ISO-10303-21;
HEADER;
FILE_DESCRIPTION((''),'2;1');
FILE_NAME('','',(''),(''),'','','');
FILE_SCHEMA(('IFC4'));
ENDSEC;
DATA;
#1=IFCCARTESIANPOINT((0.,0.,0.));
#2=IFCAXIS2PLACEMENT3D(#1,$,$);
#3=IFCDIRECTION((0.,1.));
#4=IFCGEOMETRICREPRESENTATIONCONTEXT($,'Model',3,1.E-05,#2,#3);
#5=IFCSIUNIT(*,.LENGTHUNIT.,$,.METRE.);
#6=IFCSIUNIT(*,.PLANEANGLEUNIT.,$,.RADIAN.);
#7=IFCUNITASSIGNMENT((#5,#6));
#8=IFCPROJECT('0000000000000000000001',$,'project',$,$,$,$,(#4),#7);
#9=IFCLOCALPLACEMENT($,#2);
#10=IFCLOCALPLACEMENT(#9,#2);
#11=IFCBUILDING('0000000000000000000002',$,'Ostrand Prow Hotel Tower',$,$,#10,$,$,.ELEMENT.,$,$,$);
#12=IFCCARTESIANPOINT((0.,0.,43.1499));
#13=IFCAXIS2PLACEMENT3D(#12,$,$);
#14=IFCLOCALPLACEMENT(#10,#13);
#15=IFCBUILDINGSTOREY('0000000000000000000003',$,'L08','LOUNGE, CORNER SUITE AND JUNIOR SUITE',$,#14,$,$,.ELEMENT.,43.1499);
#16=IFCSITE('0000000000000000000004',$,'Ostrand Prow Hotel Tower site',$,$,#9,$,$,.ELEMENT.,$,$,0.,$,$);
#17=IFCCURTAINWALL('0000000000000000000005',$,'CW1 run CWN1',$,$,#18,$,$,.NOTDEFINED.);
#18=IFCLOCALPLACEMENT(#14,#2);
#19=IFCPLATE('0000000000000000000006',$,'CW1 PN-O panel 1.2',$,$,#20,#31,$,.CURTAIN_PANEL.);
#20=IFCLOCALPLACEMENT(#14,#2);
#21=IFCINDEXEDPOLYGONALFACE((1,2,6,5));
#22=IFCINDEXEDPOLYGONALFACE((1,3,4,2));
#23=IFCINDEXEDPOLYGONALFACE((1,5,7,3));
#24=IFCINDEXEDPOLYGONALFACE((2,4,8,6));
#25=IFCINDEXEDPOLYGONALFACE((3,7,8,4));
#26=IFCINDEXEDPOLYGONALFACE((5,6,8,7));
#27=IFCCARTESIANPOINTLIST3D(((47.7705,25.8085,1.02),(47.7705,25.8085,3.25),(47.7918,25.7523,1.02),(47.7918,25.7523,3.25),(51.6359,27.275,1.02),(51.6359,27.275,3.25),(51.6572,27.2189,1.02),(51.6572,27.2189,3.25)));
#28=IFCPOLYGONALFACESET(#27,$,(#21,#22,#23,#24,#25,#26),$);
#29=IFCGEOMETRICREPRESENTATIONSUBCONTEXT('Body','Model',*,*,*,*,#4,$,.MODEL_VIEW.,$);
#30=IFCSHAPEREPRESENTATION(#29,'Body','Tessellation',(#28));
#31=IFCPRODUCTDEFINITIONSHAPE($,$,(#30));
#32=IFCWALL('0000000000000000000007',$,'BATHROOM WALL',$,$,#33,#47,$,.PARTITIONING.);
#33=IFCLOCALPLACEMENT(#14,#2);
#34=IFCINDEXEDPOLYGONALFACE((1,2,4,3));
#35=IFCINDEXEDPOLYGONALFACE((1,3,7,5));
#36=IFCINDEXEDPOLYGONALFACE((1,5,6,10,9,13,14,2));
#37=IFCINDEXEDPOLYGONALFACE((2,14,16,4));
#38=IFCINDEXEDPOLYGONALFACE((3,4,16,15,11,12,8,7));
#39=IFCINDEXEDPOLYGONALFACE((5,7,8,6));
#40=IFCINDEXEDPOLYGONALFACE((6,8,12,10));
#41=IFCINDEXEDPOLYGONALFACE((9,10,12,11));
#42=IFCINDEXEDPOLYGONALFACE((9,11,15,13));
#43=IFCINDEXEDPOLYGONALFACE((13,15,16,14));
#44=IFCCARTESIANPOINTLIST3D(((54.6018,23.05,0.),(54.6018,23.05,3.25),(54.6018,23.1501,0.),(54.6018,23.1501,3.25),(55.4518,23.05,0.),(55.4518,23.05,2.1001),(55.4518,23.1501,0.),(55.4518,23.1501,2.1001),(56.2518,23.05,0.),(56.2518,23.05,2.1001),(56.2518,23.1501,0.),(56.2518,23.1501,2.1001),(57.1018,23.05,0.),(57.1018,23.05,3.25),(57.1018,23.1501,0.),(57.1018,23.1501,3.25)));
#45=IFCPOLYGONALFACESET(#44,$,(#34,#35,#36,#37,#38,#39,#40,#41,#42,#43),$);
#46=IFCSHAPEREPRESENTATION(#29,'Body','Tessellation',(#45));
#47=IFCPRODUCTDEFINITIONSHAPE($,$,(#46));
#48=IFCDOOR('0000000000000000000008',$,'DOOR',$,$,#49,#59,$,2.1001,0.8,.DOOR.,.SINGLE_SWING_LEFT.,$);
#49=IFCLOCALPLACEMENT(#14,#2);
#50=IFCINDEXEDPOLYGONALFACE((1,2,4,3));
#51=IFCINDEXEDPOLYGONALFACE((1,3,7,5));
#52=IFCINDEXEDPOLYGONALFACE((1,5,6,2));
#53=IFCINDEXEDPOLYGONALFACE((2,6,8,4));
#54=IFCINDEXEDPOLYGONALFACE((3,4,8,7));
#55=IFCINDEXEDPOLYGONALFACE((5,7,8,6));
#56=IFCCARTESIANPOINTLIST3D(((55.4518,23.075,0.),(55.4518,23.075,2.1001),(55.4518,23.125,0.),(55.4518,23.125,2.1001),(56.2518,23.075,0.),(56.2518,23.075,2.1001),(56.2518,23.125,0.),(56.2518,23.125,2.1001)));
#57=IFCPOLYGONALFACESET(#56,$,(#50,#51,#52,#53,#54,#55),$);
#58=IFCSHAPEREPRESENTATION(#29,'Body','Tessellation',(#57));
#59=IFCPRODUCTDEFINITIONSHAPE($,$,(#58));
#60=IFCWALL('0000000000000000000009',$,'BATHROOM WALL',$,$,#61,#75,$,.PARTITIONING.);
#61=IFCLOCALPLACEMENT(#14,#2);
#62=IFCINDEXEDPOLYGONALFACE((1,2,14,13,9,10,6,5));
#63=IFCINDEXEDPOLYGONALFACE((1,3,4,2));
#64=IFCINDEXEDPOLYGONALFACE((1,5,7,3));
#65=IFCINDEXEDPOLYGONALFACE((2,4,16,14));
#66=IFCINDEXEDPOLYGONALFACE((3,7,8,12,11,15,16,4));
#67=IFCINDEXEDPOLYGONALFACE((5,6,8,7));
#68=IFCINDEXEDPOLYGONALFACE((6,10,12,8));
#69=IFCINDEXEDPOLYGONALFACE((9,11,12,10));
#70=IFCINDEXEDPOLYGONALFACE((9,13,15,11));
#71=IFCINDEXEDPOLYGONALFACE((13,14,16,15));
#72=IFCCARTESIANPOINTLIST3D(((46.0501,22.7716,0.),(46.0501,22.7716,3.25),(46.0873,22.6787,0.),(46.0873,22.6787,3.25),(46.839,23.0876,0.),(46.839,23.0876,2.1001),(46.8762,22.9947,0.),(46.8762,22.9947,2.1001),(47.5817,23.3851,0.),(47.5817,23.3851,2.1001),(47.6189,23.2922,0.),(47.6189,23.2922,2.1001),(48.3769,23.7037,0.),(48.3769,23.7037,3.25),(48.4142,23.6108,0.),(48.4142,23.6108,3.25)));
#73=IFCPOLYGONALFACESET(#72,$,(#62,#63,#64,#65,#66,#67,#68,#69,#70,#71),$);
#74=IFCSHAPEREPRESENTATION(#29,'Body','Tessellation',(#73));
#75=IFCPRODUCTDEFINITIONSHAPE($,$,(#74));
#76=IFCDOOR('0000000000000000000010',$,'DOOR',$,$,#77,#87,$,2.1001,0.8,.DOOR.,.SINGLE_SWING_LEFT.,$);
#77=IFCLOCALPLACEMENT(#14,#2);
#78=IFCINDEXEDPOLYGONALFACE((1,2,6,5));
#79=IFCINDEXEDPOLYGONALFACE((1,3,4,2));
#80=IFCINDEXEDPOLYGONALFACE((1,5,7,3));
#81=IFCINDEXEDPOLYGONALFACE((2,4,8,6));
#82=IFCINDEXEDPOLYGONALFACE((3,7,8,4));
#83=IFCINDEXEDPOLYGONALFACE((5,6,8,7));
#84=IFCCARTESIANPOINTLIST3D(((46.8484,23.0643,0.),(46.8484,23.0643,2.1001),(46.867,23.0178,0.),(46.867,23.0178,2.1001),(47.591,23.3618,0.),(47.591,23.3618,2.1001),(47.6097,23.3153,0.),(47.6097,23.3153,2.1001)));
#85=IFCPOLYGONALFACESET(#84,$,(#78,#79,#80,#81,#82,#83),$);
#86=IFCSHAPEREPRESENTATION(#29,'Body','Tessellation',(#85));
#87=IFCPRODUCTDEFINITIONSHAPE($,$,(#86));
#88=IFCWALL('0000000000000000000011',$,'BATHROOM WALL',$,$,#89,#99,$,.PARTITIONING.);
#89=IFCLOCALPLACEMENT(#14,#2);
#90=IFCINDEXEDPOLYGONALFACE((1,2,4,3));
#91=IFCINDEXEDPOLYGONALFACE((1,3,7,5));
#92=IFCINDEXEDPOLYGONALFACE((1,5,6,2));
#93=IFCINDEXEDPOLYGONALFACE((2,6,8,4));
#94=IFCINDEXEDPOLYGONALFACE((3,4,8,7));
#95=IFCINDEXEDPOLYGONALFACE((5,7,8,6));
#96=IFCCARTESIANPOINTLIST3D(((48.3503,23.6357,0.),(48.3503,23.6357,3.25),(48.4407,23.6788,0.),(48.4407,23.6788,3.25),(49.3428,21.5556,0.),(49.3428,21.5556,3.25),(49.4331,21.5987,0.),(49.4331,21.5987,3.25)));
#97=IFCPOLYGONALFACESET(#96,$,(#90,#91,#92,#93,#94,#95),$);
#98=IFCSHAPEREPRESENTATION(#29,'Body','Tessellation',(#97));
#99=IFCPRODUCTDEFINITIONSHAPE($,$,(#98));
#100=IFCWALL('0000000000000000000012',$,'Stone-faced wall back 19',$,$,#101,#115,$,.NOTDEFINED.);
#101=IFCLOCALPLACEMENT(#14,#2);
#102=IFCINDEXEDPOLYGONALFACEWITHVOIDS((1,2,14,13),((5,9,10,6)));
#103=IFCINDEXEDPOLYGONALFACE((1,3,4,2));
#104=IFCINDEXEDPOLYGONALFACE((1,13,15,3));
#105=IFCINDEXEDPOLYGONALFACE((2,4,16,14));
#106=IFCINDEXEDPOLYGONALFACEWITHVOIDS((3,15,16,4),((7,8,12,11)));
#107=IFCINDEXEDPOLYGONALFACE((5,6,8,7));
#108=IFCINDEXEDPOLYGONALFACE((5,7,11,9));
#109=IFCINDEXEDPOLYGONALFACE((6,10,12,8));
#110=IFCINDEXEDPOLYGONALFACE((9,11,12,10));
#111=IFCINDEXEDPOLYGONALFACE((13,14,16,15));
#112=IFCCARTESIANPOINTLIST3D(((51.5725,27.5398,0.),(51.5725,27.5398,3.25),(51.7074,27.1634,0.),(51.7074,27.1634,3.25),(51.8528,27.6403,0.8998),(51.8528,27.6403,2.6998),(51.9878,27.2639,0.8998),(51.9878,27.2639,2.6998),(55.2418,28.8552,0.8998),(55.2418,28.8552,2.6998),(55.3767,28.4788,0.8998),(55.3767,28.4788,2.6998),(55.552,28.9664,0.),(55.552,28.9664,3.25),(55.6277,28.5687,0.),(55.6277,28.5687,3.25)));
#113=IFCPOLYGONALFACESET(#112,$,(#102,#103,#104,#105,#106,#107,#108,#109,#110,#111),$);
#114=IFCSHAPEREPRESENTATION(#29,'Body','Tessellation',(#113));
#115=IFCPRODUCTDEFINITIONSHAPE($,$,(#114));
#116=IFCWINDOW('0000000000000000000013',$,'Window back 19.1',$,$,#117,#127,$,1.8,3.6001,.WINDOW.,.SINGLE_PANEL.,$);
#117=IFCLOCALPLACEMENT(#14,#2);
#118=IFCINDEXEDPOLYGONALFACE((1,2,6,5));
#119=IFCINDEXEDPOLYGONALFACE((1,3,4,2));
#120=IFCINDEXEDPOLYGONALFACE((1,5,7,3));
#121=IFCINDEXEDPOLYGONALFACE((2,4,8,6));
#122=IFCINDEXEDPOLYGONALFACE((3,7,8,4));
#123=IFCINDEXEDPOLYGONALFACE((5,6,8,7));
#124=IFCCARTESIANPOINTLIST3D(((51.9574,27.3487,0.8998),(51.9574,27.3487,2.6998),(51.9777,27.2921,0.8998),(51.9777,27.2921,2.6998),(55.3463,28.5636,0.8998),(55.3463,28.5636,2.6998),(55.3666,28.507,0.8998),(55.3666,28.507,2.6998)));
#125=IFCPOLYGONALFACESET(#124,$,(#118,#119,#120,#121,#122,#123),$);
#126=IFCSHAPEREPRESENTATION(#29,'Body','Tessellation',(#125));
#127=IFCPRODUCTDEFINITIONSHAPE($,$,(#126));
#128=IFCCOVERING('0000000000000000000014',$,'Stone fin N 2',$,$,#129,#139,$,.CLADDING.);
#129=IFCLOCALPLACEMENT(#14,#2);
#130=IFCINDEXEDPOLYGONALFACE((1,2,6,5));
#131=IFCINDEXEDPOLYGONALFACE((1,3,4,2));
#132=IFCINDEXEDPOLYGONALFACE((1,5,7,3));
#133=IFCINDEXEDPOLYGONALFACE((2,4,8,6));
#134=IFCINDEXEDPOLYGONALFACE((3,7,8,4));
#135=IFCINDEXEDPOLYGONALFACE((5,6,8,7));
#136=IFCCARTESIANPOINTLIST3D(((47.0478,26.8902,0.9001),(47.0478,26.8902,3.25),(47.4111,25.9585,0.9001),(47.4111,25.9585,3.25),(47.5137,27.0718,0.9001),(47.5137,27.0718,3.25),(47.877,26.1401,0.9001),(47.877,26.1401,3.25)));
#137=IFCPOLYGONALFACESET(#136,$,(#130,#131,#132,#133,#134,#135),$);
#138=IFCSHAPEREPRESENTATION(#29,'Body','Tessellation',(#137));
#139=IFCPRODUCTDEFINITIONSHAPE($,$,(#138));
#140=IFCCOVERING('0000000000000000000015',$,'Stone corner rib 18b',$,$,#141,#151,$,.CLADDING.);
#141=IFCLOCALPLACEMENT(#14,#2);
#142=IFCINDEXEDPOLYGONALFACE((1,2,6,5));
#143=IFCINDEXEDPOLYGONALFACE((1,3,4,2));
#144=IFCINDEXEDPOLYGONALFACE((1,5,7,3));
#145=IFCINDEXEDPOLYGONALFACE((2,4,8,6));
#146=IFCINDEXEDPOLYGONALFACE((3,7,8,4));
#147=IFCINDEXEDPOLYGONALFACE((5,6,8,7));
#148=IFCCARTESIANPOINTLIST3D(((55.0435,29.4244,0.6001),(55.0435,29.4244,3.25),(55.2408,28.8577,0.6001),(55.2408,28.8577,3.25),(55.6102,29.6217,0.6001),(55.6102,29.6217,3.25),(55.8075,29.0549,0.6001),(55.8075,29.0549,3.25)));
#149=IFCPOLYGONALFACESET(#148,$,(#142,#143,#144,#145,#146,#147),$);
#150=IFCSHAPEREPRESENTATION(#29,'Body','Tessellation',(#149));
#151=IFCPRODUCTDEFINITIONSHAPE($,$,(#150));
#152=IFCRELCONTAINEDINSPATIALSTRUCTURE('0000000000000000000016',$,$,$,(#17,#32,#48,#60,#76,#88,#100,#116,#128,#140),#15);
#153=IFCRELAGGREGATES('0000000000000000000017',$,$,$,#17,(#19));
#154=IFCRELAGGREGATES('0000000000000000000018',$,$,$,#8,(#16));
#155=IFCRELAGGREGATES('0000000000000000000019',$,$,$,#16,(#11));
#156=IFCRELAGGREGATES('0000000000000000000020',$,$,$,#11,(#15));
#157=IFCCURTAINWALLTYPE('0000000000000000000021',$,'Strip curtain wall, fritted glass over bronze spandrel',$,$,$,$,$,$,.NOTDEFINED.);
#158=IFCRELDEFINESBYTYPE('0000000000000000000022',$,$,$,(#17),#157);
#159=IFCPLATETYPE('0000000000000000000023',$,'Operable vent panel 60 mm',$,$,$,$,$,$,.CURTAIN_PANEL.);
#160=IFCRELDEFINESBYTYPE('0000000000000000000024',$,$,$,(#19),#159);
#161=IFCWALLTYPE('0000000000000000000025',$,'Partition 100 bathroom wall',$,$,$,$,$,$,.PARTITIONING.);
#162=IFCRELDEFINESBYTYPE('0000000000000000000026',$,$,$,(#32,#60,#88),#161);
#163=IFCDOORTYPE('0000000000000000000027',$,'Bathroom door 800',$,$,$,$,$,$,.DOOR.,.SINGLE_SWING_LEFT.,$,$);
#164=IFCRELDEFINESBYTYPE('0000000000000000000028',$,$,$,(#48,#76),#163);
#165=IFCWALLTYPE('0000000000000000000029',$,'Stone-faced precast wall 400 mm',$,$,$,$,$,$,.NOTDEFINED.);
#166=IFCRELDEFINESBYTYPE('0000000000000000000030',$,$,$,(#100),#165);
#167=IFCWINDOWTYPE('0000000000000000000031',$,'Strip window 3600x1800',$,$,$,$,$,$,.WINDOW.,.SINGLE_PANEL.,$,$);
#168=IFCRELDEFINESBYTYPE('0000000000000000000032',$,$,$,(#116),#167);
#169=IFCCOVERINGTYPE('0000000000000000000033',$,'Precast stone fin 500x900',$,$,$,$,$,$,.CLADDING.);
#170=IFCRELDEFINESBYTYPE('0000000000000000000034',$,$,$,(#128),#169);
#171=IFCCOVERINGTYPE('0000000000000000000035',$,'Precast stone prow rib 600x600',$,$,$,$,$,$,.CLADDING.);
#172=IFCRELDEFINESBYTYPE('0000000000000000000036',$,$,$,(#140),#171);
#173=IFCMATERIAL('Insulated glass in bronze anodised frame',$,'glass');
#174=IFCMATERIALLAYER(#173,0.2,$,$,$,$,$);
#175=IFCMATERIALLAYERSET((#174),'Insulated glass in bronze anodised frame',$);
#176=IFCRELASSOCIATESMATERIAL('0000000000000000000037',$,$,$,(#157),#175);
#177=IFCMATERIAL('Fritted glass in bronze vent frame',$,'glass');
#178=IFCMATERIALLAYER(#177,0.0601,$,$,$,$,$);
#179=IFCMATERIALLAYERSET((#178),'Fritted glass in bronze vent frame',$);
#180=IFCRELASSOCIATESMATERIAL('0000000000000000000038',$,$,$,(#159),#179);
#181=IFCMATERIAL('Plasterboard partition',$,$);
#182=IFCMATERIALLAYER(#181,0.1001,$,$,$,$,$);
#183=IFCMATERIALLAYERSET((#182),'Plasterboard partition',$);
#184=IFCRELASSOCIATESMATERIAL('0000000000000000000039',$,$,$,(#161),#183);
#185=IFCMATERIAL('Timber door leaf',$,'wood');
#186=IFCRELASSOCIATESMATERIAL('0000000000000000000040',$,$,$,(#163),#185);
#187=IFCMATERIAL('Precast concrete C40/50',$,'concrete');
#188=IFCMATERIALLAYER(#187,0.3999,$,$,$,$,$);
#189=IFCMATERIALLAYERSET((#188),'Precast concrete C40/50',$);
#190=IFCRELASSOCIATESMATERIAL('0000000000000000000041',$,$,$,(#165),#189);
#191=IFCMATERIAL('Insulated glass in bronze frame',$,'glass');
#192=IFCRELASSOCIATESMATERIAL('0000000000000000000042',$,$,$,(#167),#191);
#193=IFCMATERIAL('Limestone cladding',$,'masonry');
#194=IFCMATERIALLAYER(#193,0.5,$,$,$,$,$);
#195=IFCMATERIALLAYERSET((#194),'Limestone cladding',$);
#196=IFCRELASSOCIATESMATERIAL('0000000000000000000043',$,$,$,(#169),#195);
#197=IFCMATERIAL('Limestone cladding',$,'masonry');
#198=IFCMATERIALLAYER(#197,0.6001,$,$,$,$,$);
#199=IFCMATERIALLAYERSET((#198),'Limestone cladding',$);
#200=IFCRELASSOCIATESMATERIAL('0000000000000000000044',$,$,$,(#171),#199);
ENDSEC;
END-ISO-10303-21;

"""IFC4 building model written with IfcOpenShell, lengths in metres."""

from ifc_helpers import new_model, si_unit, direction, frame, frame_2d, origin, origin_2d, place, context, subcontext, project, spatial, polyline, rectangle, outline, extrude, material, layer, layer_set, type_object, element, fill, aggregate, save


model = new_model("IFC4")

# Units and contexts
model_context = context("Model", 3, precision=1e-05, world=origin(), true_north=direction((0.0, 1.0)))
body_context = subcontext(model_context, "Body", "Model", "MODEL_VIEW")
ifc_project = project(units=[si_unit("LENGTHUNIT", "METRE"), si_unit("PLANEANGLEUNIT", "RADIAN")], contexts=[model_context])

# Site, building, storey
site_placement = place(None, origin())
site = spatial("IfcSite", under=ifc_project, at=site_placement, Name="Ostrand Prow Hotel Tower site", CompositionType="ELEMENT", RefElevation=0.0)
building_placement = place(site_placement, origin())
building = spatial("IfcBuilding", under=site, at=building_placement, Name="Ostrand Prow Hotel Tower", CompositionType="ELEMENT")
storey_placement = place(building_placement, frame((0.0, 0.0, 43.1499)))
storey = spatial("IfcBuildingStorey", under=building, at=storey_placement, Name="L08", Description="LOUNGE, CORNER SUITE AND JUNIOR SUITE", CompositionType="ELEMENT", Elevation=43.1499)

# Curtain wall
ifc_material_1 = material(Name="Insulated glass in bronze anodised frame", Category="glass")
ifc_layer_1 = layer(ifc_material_1, 0.2)
ifc_layer_set_1 = layer_set([ifc_layer_1], Name="Insulated glass in bronze anodised frame")
curtain_wall_type = type_object("IfcCurtainWallType", Name="Strip curtain wall, fritted glass over bronze spandrel", PredefinedType="NOTDEFINED", material=ifc_layer_set_1)
curtain_wall_1_placement = place(storey_placement, origin())
curtain_wall_1 = element("IfcCurtainWall", 1, at=curtain_wall_1_placement, inside=storey, type_object=curtain_wall_type, Name="CW1 run CWN1", PredefinedType="NOTDEFINED")

# Plate
ifc_material_2 = material(Name="Fritted glass in bronze vent frame", Category="glass")
ifc_layer_2 = layer(ifc_material_2, 0.0601)
ifc_layer_set_2 = layer_set([ifc_layer_2], Name="Fritted glass in bronze vent frame")
plate_type_1 = type_object("IfcPlateType", Name="Operable vent panel 60 mm", PredefinedType="CURTAIN_PANEL", material=ifc_layer_set_2)
plate_1_placement = place(storey_placement, frame((49.7139, 26.5137, 1.02), z_axis=(0.0, 0.0, 1.0), x_axis=(-0.934969, -0.354728, 0.0)))
plate_1 = element("IfcPlate", 2, at=plate_1_placement, type_object=plate_type_1, Name="CW1 PN-O panel 1.2", PredefinedType="CURTAIN_PANEL", context=body_context, shape_type="SweptSolid", body=[
    extrude(rectangle(XDim=4.1343, YDim=0.0601, at=origin_2d()), origin(), (0.0, 0.0, 1.0), 2.23),
])
aggregate(curtain_wall_1, [plate_1])

# Walls, openings, doors
ifc_material_3 = material(Name="Plasterboard partition")
ifc_layer_3 = layer(ifc_material_3, 0.1001)
ifc_layer_set_3 = layer_set([ifc_layer_3], Name="Plasterboard partition")
wall_type_1 = type_object("IfcWallType", Name="Partition 100 bathroom wall", PredefinedType="PARTITIONING", material=ifc_layer_set_3)
wall_1_placement = place(storey_placement, frame((54.6018, 23.1001, 0.0), z_axis=(0.0, 0.0, 1.0), x_axis=(1.0, 0.0, 0.0)))
wall_1 = element("IfcWall", 3, at=wall_1_placement, inside=storey, type_object=wall_type_1, Name="BATHROOM WALL", PredefinedType="PARTITIONING", context=body_context, shape_type="SweptSolid", body=[
    extrude(rectangle(XDim=2.5, YDim=0.1001, at=frame_2d((1.25, 0.0))), origin(), (0.0, 0.0, 1.0), 3.25),
])
opening_1_placement = place(wall_1_placement, frame((0.8501, 0.0, 0.0)))
opening_1 = element("IfcOpeningElement", 4, at=opening_1_placement, cuts=wall_1, PredefinedType="OPENING", context=body_context, shape_type="SweptSolid", body=[
    extrude(rectangle(XDim=0.8, YDim=2.1001, at=frame_2d((0.3999, 1.05))), frame((0.0, 0.0601, 0.0), z_axis=(0.0, -1.0, 0.0), x_axis=(1.0, 0.0, 0.0)), (0.0, 0.0, 1.0), 0.1201),
])
ifc_material_4 = material(Name="Timber door leaf", Category="wood")
door_type = type_object("IfcDoorType", Name="Bathroom door 800", OperationType="SINGLE_SWING_LEFT", PredefinedType="DOOR", material=ifc_material_4)
door_1_placement = place(opening_1_placement, origin())
door_1 = element("IfcDoor", 5, at=door_1_placement, inside=storey, type_object=door_type, Name="DOOR", OperationType="SINGLE_SWING_LEFT", OverallHeight=2.1001, OverallWidth=0.8, PredefinedType="DOOR", context=body_context, shape_type="SweptSolid", body=[
    extrude(rectangle(XDim=0.8, YDim=2.1001, at=frame_2d((0.3999, 1.05))), frame((0.0, 0.0249, 0.0), z_axis=(0.0, -1.0, 0.0), x_axis=(1.0, 0.0, 0.0)), (0.0, 0.0, 1.0), 0.05),
])
fill(opening_1, door_1)
wall_2_placement = place(storey_placement, frame((46.0686, 22.7251, 0.0), z_axis=(0.0, 0.0, 1.0), x_axis=(0.928288, 0.371861, 0.0)))
wall_2 = element("IfcWall", 6, at=wall_2_placement, inside=storey, type_object=wall_type_1, Name="BATHROOM WALL", PredefinedType="PARTITIONING", context=body_context, shape_type="SweptSolid", body=[
    extrude(rectangle(XDim=2.5066, YDim=0.1001, at=frame_2d((1.2534, 0.0))), origin(), (0.0, 0.0, 1.0), 3.25),
])
opening_2_placement = place(wall_2_placement, frame((0.8501, 0.0, 0.0)))
opening_2 = element("IfcOpeningElement", 7, at=opening_2_placement, cuts=wall_2, PredefinedType="OPENING", context=body_context, shape_type="SweptSolid", body=[
    extrude(rectangle(XDim=0.8, YDim=2.1001, at=frame_2d((0.3999, 1.05))), frame((0.0, 0.0601, 0.0), z_axis=(0.0, -1.0, 0.0), x_axis=(1.0, 0.0, 0.0)), (0.0, 0.0, 1.0), 0.1201),
])
door_2_placement = place(opening_2_placement, origin())
door_2 = element("IfcDoor", 8, at=door_2_placement, inside=storey, type_object=door_type, Name="DOOR", OperationType="SINGLE_SWING_LEFT", OverallHeight=2.1001, OverallWidth=0.8, PredefinedType="DOOR", context=body_context, shape_type="SweptSolid", body=[
    extrude(rectangle(XDim=0.8, YDim=2.1001, at=frame_2d((0.3999, 1.05))), frame((0.0, 0.0249, 0.0), z_axis=(0.0, -1.0, 0.0), x_axis=(1.0, 0.0, 0.0)), (0.0, 0.0, 1.0), 0.05),
])
fill(opening_2, door_2)

# Wall
wall_3_placement = place(storey_placement, frame((48.3955, 23.6572, 0.0), z_axis=(0.0, 0.0, 1.0), x_axis=(0.430612, -0.902537, 0.0)))
element("IfcWall", 9, at=wall_3_placement, inside=storey, type_object=wall_type_1, Name="BATHROOM WALL", PredefinedType="PARTITIONING", context=body_context, shape_type="SweptSolid", body=[
    extrude(rectangle(XDim=2.3047, YDim=0.1001, at=frame_2d((1.1523, 0.0))), origin(), (0.0, 0.0, 1.0), 3.25),
])

# Wall, opening, window
ifc_material_5 = material(Name="Precast concrete C40/50", Category="concrete")
ifc_layer_4 = layer(ifc_material_5, 0.3999)
ifc_layer_set_4 = layer_set([ifc_layer_4], Name="Precast concrete C40/50")
wall_type_2 = type_object("IfcWallType", Name="Stone-faced precast wall 400 mm", PredefinedType="NOTDEFINED", material=ifc_layer_set_4)
wall_4_placement = place(storey_placement, frame((55.5898, 28.7676, 0.0), z_axis=(0.0, 0.0, 1.0), x_axis=(-0.94134, -0.33746, 0.0)))
wall_4 = element("IfcWall", 10, at=wall_4_placement, inside=storey, type_object=wall_type_2, Name="Stone-faced wall back 19", PredefinedType="NOTDEFINED", context=body_context, shape_type="SweptSolid", body=[
    extrude(outline(polyline([(-0.0315, -0.2), (4.196, -0.2), (4.196, 0.2), (0.0315, 0.2), (-0.0315, -0.2)])), origin(), (0.0, 0.0, 1.0), 3.25),
])
opening_3_placement = place(wall_4_placement, frame((0.2981, 0.0, 0.8999)))
opening_3 = element("IfcOpeningElement", 11, at=opening_3_placement, cuts=wall_4, PredefinedType="OPENING", context=body_context, shape_type="SweptSolid", body=[
    extrude(rectangle(XDim=3.6001, YDim=1.8, at=frame_2d((1.8, 0.8999))), frame((0.0, 0.21, 0.0), z_axis=(0.0, -1.0, 0.0), x_axis=(1.0, 0.0, 0.0)), (0.0, 0.0, 1.0), 0.4199),
])
ifc_material_6 = material(Name="Insulated glass in bronze frame", Category="glass")
window_type = type_object("IfcWindowType", Name="Strip window 3600x1800", PartitioningType="SINGLE_PANEL", PredefinedType="WINDOW", material=ifc_material_6)
window_placement = place(opening_3_placement, origin())
window = element("IfcWindow", 12, at=window_placement, inside=storey, type_object=window_type, Name="Window back 19.1", OverallHeight=1.8, OverallWidth=3.6001, PartitioningType="SINGLE_PANEL", PredefinedType="WINDOW", context=body_context, shape_type="SweptSolid", body=[
    extrude(rectangle(XDim=3.6001, YDim=1.8, at=frame_2d((1.8, 0.8999))), frame((0.0, 0.1699, 0.0), z_axis=(0.0, -1.0, 0.0), x_axis=(1.0, 0.0, 0.0)), (0.0, 0.0, 1.0), 0.0601),
])
fill(opening_3, window)

# Coverings
ifc_material_7 = material(Name="Limestone cladding", Category="masonry")
ifc_layer_5 = layer(ifc_material_7, 0.5)
ifc_layer_set_5 = layer_set([ifc_layer_5], Name="Limestone cladding")
covering_type_1 = type_object("IfcCoveringType", Name="Precast stone fin 500x900", PredefinedType="CLADDING", material=ifc_layer_set_5)
covering_1_placement = place(storey_placement, frame((47.644, 26.0493, 0.9001), z_axis=(0.0, 0.0, 1.0), x_axis=(-0.363294, 0.931674, 0.0)))
element("IfcCovering", 13, at=covering_1_placement, inside=storey, type_object=covering_type_1, Name="Stone fin N 2", PredefinedType="CLADDING", context=body_context, shape_type="SweptSolid", body=[
    extrude(rectangle(XDim=1.0, YDim=0.5, at=frame_2d((0.5, 0.0))), origin(), (0.0, 0.0, 1.0), 2.3499),
])
ifc_material_8 = material(Name="Limestone cladding", Category="masonry")
ifc_layer_6 = layer(ifc_material_8, 0.6001)
ifc_layer_set_6 = layer_set([ifc_layer_6], Name="Limestone cladding")
covering_type_2 = type_object("IfcCoveringType", Name="Precast stone prow rib 600x600", PredefinedType="CLADDING", material=ifc_layer_set_6)
covering_2_placement = place(storey_placement, frame((55.5242, 28.9563, 0.6001), z_axis=(0.0, 0.0, 1.0), x_axis=(-0.328773, 0.944409, 0.0)))
element("IfcCovering", 14, at=covering_2_placement, inside=storey, type_object=covering_type_2, Name="Stone corner rib 18b", PredefinedType="CLADDING", context=body_context, shape_type="SweptSolid", body=[
    extrude(rectangle(XDim=0.6001, YDim=0.6001, at=frame_2d((0.3, 0.0))), origin(), (0.0, 0.0, 1.0), 2.6499),
])

save(model, "model.ifc")
